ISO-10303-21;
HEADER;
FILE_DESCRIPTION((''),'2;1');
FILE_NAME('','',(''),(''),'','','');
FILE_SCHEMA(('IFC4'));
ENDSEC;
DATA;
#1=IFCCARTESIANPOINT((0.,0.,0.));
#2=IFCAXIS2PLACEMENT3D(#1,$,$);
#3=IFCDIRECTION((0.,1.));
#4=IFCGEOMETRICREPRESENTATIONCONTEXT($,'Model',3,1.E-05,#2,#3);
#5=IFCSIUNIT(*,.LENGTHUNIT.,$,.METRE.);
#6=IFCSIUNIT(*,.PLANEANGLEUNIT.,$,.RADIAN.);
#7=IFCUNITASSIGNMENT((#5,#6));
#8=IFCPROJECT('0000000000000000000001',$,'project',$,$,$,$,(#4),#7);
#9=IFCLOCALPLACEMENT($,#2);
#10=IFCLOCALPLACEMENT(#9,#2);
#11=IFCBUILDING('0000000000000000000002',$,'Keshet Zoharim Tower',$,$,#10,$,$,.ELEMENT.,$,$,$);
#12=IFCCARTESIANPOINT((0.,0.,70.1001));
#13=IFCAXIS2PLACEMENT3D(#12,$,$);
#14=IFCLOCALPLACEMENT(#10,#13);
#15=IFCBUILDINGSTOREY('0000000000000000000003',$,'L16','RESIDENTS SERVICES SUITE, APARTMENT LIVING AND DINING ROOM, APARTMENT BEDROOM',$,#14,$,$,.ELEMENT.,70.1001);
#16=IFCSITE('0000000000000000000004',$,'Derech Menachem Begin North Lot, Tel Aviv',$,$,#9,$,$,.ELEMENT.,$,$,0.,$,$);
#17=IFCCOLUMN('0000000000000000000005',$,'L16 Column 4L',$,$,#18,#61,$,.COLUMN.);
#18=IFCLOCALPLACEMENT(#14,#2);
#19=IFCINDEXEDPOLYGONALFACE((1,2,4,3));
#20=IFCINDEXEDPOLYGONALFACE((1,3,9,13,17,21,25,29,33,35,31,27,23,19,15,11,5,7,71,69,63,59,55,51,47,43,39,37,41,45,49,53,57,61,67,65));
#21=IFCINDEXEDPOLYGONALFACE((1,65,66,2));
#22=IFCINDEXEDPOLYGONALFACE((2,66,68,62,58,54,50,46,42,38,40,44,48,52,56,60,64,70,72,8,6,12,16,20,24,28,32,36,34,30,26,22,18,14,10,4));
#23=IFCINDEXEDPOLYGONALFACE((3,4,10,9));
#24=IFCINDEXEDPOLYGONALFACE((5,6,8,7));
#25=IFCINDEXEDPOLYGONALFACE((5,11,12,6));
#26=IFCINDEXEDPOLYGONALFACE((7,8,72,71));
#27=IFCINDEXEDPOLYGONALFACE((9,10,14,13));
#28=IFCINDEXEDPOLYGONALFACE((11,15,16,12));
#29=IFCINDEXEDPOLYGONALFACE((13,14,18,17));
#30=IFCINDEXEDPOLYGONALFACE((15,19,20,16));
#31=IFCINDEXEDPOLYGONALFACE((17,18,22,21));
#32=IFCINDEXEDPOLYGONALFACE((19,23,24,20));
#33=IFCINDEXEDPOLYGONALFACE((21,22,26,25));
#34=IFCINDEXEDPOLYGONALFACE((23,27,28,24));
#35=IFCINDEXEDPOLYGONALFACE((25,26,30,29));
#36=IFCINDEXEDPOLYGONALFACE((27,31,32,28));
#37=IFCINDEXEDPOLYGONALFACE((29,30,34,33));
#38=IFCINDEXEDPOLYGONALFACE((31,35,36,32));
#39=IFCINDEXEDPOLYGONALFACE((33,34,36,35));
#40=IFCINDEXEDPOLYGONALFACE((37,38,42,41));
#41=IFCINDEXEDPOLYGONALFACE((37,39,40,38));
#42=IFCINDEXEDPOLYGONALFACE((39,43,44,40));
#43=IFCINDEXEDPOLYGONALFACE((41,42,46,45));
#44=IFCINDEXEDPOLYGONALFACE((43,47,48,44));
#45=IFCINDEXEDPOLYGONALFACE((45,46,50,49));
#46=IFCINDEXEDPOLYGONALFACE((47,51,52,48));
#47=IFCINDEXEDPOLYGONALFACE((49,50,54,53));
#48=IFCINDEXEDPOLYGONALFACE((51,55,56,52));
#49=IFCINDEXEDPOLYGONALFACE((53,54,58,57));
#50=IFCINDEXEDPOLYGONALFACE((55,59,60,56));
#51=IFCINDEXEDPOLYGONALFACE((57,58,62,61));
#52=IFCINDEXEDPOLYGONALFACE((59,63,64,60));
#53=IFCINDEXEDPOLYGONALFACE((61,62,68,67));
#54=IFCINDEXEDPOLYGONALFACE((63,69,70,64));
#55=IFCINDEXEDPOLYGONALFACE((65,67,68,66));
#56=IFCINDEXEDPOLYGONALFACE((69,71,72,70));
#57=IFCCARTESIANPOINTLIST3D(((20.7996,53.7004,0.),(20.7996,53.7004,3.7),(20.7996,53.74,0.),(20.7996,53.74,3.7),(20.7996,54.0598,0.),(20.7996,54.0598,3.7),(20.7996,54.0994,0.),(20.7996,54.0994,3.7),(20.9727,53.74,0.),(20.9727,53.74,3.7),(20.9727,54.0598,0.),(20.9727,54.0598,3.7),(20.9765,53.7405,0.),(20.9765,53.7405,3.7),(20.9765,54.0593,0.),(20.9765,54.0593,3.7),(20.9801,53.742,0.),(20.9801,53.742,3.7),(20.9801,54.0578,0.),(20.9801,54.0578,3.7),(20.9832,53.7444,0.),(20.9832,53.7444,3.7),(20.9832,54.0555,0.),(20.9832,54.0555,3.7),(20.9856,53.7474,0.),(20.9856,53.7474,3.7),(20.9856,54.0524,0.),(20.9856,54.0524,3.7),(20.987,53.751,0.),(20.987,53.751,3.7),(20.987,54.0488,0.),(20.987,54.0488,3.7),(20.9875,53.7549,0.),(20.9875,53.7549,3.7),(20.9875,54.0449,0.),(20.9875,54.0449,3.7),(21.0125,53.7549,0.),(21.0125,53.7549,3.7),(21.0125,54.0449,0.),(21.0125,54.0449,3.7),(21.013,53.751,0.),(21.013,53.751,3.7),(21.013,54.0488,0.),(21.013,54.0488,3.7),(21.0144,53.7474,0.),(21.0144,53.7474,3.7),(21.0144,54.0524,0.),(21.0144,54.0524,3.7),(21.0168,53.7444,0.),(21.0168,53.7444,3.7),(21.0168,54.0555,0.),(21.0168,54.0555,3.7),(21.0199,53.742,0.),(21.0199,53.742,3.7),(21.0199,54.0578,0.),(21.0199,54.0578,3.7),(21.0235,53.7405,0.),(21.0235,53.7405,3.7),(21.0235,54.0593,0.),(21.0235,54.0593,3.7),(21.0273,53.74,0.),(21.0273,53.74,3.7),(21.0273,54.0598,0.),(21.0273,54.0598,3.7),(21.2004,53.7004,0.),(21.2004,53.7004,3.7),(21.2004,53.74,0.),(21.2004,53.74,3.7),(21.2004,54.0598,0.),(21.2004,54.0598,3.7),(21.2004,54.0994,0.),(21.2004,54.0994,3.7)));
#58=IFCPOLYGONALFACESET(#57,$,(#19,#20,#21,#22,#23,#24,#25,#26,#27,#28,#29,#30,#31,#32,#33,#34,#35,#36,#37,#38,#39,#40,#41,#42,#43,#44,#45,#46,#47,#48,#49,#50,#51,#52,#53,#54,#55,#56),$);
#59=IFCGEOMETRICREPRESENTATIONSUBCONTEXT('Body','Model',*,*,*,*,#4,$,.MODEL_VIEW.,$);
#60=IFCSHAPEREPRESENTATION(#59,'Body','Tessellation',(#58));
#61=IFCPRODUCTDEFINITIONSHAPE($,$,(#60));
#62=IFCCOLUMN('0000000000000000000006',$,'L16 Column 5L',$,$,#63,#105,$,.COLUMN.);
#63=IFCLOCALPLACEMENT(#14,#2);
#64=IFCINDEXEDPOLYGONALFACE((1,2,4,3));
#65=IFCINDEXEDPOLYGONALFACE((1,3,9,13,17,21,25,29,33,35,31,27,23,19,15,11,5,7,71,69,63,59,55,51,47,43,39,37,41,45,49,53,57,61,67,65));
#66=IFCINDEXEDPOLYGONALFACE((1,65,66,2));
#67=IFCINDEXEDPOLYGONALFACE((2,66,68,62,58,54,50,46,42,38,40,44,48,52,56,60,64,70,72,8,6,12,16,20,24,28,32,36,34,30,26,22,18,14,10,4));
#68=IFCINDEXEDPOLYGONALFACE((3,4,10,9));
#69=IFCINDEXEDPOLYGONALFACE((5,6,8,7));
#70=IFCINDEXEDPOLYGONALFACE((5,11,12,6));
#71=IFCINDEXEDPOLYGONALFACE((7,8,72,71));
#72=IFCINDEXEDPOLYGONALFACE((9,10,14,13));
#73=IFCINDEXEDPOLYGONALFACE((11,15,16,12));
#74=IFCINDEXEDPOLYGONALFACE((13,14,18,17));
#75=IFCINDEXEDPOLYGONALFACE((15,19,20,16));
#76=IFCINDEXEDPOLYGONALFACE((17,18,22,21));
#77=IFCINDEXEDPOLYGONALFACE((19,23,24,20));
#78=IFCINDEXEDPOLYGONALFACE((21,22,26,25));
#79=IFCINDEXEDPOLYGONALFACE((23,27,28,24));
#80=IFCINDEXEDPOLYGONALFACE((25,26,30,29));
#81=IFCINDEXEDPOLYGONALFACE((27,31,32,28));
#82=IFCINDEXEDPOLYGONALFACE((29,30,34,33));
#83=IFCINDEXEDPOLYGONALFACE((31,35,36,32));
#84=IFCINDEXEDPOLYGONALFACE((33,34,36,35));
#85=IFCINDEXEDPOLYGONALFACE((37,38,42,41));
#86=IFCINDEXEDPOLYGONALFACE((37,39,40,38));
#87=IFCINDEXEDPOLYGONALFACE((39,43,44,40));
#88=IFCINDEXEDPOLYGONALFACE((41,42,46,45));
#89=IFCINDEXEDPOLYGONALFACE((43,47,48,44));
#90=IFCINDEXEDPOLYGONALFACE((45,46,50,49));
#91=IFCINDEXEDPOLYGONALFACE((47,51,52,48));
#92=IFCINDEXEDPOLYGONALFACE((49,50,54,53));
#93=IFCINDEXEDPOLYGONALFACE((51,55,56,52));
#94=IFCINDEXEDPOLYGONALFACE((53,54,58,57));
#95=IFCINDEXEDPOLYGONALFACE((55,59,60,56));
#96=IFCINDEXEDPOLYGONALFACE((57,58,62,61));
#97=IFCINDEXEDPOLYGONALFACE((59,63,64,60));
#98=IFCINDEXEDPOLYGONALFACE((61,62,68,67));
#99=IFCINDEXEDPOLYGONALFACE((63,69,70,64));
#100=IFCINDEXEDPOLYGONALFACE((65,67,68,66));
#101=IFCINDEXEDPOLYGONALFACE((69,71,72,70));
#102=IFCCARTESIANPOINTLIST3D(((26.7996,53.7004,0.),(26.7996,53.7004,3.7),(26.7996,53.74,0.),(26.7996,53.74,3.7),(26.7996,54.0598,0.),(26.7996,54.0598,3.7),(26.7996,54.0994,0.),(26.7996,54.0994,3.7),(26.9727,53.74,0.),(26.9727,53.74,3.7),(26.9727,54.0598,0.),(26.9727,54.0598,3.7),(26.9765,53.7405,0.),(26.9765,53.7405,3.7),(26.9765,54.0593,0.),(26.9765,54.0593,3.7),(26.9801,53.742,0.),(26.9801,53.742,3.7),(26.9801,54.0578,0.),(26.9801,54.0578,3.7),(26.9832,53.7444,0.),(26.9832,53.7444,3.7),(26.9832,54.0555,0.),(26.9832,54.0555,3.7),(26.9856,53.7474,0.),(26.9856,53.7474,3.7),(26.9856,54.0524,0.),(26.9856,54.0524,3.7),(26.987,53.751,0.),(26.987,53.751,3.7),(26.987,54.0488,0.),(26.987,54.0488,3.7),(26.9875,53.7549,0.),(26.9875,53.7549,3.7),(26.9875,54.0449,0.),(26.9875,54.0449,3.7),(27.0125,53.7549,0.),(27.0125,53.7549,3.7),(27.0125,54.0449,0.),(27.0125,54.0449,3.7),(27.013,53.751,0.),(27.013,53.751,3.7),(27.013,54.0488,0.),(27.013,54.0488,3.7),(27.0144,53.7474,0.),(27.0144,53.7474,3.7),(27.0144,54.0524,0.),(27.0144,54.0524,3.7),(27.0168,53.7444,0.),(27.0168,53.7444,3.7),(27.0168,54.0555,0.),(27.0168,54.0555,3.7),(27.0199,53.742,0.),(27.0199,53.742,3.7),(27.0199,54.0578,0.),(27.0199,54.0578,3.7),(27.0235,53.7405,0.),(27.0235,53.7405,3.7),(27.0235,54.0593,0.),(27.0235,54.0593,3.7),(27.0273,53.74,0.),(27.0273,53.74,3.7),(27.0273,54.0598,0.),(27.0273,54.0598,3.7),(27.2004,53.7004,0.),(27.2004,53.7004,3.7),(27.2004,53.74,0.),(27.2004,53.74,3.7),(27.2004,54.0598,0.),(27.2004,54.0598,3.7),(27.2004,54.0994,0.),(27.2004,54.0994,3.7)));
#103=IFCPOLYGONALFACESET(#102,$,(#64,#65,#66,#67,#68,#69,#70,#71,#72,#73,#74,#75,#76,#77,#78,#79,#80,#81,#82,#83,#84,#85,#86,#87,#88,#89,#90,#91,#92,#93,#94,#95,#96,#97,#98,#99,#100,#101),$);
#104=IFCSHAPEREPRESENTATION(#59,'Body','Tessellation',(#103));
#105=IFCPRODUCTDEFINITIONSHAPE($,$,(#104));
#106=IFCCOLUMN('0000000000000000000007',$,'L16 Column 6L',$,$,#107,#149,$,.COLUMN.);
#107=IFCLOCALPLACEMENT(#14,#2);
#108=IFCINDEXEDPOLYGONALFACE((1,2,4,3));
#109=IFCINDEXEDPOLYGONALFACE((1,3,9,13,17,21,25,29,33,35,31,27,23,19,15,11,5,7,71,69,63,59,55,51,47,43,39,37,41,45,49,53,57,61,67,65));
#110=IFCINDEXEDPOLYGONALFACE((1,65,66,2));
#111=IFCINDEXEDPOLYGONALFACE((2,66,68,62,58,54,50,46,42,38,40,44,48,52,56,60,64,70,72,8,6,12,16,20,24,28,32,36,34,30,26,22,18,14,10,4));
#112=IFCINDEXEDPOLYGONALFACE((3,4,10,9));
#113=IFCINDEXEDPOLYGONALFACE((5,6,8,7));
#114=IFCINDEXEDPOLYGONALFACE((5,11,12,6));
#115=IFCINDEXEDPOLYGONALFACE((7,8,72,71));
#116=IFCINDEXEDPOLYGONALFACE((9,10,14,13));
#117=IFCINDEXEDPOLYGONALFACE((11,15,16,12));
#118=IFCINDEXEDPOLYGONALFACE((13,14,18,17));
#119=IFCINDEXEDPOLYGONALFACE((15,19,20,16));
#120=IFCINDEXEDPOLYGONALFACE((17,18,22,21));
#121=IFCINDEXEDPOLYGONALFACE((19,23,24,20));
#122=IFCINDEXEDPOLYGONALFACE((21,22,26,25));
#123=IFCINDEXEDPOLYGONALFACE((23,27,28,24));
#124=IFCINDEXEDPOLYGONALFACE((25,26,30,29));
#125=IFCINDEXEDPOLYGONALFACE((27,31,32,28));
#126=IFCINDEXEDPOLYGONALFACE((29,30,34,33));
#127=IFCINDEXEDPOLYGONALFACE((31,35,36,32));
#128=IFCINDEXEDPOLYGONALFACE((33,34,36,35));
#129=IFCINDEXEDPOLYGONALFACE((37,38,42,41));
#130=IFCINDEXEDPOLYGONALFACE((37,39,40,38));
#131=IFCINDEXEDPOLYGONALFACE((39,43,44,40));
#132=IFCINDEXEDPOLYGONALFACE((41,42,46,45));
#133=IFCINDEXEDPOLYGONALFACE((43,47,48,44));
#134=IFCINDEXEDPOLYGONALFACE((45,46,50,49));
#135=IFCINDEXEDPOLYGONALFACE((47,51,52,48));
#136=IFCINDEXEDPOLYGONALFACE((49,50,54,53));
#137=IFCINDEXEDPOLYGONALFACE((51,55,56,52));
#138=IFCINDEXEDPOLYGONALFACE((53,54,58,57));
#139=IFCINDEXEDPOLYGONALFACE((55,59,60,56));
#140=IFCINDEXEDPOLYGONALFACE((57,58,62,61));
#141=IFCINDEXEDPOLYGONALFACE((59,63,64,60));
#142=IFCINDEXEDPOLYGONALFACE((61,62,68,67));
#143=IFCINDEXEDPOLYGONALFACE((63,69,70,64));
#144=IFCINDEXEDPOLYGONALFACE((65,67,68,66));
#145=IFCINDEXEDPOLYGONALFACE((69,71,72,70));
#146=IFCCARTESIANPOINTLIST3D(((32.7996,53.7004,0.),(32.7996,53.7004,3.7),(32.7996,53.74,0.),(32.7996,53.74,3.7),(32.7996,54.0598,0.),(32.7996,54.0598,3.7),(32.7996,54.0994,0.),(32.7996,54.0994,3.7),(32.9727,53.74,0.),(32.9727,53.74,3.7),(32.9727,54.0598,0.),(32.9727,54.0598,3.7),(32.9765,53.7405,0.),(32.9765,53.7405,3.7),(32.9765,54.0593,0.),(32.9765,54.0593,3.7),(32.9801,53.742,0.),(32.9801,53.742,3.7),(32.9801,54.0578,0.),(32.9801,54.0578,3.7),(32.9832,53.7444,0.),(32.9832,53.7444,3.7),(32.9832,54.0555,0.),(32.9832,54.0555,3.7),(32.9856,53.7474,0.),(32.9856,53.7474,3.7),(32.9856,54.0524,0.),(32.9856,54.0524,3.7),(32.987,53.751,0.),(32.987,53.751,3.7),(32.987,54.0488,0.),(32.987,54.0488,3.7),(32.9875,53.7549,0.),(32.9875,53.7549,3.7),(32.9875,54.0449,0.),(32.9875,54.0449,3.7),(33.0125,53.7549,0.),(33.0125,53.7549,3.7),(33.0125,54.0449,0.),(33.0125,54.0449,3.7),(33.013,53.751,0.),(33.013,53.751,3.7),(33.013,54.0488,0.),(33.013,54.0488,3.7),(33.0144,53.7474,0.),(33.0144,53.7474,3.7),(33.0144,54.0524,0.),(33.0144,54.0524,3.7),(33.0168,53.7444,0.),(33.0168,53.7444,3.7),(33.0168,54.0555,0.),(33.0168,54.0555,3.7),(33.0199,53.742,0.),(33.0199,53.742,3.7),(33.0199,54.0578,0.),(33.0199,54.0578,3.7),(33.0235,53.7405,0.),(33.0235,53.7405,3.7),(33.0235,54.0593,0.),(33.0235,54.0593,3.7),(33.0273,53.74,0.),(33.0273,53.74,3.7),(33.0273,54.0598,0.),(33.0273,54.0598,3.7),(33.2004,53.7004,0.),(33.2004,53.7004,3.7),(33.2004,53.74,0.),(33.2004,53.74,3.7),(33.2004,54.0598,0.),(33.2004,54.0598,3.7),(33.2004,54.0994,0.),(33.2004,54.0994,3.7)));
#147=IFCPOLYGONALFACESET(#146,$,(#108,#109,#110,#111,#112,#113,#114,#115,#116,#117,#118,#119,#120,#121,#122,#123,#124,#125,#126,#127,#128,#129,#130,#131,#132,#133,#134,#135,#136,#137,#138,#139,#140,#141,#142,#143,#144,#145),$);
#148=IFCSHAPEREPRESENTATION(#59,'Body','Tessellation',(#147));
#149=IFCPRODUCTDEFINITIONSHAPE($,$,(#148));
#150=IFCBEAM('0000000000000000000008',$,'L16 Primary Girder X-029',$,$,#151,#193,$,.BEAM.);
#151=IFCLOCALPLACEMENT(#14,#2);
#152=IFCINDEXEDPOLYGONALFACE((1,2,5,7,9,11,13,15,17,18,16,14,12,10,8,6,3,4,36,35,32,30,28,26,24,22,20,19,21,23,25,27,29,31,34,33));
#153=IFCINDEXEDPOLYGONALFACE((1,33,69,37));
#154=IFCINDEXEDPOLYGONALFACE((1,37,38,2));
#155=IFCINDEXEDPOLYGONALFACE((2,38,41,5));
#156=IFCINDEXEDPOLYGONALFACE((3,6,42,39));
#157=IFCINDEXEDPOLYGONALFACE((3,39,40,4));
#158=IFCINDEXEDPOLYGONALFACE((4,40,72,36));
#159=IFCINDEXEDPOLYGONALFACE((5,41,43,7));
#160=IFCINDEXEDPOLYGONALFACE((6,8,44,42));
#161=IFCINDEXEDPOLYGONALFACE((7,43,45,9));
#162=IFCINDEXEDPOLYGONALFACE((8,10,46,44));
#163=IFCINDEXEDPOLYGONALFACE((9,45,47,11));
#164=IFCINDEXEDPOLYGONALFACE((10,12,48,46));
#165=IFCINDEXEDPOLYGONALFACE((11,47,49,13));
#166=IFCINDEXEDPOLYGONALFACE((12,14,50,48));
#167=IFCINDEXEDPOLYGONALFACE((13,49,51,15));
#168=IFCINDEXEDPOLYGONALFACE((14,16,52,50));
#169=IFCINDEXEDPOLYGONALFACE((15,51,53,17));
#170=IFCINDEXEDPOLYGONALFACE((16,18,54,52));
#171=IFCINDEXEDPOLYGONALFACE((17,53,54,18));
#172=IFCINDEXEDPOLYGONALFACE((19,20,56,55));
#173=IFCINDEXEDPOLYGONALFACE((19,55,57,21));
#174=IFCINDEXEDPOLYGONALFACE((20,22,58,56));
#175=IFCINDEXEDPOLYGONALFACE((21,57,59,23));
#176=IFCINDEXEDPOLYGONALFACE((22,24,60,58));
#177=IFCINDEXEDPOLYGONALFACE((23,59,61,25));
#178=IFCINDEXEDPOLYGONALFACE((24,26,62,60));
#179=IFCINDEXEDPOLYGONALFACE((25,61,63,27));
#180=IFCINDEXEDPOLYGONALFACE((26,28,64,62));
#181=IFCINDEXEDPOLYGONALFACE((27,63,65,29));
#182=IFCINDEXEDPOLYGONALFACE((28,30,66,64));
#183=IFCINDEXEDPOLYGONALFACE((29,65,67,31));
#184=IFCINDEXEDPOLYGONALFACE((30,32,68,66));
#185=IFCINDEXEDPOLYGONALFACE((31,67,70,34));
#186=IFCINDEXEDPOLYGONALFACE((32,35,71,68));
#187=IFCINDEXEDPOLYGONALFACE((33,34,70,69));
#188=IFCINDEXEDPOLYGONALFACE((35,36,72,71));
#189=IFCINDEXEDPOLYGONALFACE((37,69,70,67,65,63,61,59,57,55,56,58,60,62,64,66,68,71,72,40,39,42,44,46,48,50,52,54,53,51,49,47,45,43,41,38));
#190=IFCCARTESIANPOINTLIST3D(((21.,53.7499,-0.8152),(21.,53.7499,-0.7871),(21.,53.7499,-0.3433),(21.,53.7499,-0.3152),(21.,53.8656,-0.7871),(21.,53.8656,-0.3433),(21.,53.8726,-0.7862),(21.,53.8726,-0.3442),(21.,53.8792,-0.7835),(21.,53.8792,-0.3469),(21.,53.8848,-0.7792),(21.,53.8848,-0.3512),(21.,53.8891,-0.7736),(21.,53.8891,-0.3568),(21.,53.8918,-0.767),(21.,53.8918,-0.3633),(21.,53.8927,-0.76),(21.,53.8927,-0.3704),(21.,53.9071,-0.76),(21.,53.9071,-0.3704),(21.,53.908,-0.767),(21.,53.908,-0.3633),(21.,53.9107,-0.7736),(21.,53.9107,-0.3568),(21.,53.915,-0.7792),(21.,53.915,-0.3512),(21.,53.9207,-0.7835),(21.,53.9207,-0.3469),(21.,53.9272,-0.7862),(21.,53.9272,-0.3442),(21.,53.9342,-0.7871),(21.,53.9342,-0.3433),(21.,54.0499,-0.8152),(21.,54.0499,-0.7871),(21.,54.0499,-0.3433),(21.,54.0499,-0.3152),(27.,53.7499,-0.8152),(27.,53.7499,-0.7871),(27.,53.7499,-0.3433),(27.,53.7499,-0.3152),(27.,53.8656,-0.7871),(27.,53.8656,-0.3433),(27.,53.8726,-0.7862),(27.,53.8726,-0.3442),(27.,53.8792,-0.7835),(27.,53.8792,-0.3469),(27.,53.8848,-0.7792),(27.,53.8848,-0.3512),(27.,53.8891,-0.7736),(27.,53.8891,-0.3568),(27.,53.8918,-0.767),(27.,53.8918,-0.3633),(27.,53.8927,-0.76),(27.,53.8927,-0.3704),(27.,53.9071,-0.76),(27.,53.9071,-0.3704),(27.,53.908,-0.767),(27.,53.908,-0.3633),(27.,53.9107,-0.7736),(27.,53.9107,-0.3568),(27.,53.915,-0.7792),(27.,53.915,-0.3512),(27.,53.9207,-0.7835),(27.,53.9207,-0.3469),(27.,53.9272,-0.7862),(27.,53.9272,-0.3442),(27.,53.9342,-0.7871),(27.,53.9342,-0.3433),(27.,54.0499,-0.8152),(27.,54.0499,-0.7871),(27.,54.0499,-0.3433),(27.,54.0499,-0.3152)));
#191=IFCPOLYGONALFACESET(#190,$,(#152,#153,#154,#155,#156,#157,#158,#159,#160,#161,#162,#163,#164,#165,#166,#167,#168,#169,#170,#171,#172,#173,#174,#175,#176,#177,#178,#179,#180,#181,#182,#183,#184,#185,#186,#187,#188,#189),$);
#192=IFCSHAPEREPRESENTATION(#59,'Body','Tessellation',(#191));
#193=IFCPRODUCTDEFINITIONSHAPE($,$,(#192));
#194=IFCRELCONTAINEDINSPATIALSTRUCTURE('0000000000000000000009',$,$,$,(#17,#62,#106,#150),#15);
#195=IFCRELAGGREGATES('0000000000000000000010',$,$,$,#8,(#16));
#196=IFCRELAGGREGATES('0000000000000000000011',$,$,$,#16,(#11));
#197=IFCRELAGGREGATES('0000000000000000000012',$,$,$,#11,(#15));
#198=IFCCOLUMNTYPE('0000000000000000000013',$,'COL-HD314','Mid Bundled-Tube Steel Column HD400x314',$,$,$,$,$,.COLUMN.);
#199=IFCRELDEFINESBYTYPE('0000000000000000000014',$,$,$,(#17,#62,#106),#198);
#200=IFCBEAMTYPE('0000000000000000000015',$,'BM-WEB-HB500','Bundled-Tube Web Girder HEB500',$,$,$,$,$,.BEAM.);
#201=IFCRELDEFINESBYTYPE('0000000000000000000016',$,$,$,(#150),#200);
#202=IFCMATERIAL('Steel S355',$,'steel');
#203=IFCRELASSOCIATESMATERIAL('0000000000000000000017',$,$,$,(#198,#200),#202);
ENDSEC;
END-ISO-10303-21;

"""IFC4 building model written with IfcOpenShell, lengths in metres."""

from ifc_helpers import new_model, si_unit, direction, frame, origin, origin_2d, place, context, subcontext, project, spatial, i_section, extrude, material, material_profile, profile_set, type_object, element, save


model = new_model("IFC4")

# Units and contexts
model_context = context("Model", 3, precision=1e-05, world=origin(), true_north=direction((0.0, 1.0)))
body_context = subcontext(model_context, "Body", "Model", "MODEL_VIEW")
ifc_project = project(units=[si_unit("LENGTHUNIT", "METRE"), si_unit("PLANEANGLEUNIT", "RADIAN")], contexts=[model_context])

# Site, building, storey
site_placement = place(None, origin())
site = spatial("IfcSite", under=ifc_project, at=site_placement, Name="Derech Menachem Begin North Lot, Tel Aviv", CompositionType="ELEMENT", RefElevation=0.0)
building_placement = place(site_placement, origin())
building = spatial("IfcBuilding", under=site, at=building_placement, Name="Keshet Zoharim Tower", CompositionType="ELEMENT")
storey_placement = place(building_placement, frame((0.0, 0.0, 70.1001)))
storey = spatial("IfcBuildingStorey", under=building, at=storey_placement, Name="L16", Description="RESIDENTS SERVICES SUITE, APARTMENT LIVING AND DINING ROOM, APARTMENT BEDROOM", CompositionType="ELEMENT", Elevation=70.1001)

# Columns
ifc_material_1 = material(Name="Steel S355", Category="steel")
ifc_material_profile_1 = material_profile(ifc_material_1, i_section(OverallWidth=0.4009, OverallDepth=0.3989, WebThickness=0.0249, FlangeThickness=0.0396, FilletRadius=0.0149, at=origin_2d()), Name="HD400x314")
ifc_profile_set_1 = profile_set([ifc_material_profile_1], Name="Steel S355")
column_type = type_object("IfcColumnType", Name="COL-HD314", Description="Mid Bundled-Tube Steel Column HD400x314", PredefinedType="COLUMN", material=ifc_profile_set_1)
for number, where, z_axis, x_axis, name in (
    (1, (21.0, 53.8999, 0.0), (0.0, 0.0, 1.0), (1.0, 0.0, 0.0), "L16 Column 4L"),
    (2, (27.0, 53.8999, 0.0), (0.0, 0.0, 1.0), (1.0, 0.0, 0.0), "L16 Column 5L"),
    (3, (33.0, 53.8999, 0.0), (0.0, 0.0, 1.0), (1.0, 0.0, 0.0), "L16 Column 6L"),
):
    element("IfcColumn", number, at=place(storey_placement, frame(where, z_axis=z_axis, x_axis=x_axis)), inside=storey, type_object=column_type, Name=name, PredefinedType="COLUMN", context=body_context, shape_type="SweptSolid", body=[
        extrude(i_section(OverallWidth=0.4009, OverallDepth=0.3989, WebThickness=0.0249, FlangeThickness=0.0396, FilletRadius=0.0149, at=origin_2d()), origin(), (0.0, 0.0, 1.0), 3.7),
    ])

# Beam
ifc_material_profile_2 = material_profile(ifc_material_1, i_section(OverallWidth=0.3, OverallDepth=0.5, WebThickness=0.0144, FlangeThickness=0.0281, FilletRadius=0.0271, at=origin_2d()), Name="HEB500")
ifc_profile_set_2 = profile_set([ifc_material_profile_2], Name="Steel S355")
beam_type = type_object("IfcBeamType", Name="BM-WEB-HB500", Description="Bundled-Tube Web Girder HEB500", PredefinedType="BEAM", material=ifc_profile_set_2)
for number, where, z_axis, x_axis, name in (
    (4, (21.0, 53.8999, -0.5652), (1.0, 0.0, 0.0), (0.0, 1.0, 0.0), "L16 Primary Girder X-029"),
):
    element("IfcBeam", number, at=place(storey_placement, frame(where, z_axis=z_axis, x_axis=x_axis)), inside=storey, type_object=beam_type, Name=name, PredefinedType="BEAM", context=body_context, shape_type="SweptSolid", body=[
        extrude(i_section(OverallWidth=0.3, OverallDepth=0.5, WebThickness=0.0144, FlangeThickness=0.0281, FilletRadius=0.0271, at=origin_2d()), origin(), (0.0, 0.0, 1.0), 6.0),
    ])

save(model, "model.ifc")
